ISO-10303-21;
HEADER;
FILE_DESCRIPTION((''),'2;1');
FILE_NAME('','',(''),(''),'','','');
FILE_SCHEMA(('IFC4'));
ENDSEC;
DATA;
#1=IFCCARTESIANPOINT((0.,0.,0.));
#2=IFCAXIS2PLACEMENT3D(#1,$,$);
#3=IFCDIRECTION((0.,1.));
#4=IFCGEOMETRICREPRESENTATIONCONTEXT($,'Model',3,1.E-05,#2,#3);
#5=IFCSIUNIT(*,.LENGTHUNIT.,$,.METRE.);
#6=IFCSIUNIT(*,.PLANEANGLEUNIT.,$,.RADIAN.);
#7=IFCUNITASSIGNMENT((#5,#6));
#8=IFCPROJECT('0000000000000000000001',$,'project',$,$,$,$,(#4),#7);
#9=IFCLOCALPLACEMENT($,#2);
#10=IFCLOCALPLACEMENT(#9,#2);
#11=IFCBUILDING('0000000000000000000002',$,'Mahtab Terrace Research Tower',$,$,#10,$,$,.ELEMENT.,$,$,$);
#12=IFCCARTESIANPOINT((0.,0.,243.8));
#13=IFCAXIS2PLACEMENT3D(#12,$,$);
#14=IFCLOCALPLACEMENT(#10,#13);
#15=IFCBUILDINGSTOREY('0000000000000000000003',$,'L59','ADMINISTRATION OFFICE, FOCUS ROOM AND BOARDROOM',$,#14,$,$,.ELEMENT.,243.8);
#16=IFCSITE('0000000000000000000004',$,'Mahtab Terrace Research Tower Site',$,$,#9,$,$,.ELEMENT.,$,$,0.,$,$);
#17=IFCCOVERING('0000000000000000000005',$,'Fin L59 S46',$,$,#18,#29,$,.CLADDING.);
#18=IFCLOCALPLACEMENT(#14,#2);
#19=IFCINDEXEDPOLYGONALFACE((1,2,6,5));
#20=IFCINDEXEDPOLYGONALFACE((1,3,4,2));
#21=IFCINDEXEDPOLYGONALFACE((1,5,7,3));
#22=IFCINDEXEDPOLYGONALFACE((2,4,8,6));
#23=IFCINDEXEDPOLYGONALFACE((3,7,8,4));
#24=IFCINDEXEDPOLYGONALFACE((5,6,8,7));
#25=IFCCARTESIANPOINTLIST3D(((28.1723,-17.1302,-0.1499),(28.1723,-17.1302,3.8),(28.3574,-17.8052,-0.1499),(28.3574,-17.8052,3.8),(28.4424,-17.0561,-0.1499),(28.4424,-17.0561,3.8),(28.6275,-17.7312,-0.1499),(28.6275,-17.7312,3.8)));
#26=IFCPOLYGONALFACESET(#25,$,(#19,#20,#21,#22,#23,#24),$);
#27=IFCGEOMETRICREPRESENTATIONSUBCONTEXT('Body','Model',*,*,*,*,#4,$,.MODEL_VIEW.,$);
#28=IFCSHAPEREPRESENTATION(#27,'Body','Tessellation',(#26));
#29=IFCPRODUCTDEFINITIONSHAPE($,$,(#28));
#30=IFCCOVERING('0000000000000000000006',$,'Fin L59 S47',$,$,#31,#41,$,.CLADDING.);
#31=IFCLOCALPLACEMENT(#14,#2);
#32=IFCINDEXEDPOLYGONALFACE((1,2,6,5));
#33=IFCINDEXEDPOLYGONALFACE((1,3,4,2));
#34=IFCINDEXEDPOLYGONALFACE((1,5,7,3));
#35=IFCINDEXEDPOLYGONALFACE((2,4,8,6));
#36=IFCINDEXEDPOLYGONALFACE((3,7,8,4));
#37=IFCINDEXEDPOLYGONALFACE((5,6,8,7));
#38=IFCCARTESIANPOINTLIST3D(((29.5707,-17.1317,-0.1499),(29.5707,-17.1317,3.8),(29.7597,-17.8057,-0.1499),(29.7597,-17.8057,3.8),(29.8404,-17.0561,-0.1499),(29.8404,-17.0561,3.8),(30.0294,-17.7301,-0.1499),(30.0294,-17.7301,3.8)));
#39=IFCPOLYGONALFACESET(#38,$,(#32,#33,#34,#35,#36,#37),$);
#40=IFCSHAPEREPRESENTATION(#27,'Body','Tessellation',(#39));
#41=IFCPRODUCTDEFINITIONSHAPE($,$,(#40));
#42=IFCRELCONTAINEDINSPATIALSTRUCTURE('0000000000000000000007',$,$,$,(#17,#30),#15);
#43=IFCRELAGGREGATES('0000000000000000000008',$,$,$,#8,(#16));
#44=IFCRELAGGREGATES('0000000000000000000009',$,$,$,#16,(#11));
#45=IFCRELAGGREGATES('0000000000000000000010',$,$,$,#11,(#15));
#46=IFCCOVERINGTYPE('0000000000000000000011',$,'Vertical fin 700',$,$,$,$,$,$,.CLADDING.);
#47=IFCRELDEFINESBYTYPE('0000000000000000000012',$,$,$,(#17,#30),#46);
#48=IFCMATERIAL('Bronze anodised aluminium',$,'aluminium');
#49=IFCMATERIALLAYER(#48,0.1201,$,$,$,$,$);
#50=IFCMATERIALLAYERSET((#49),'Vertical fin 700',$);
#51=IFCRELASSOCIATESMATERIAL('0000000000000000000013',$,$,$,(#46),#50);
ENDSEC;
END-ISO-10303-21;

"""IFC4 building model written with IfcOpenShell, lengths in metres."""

from ifc_helpers import new_model, si_unit, direction, frame, origin, origin_2d, place, context, subcontext, project, spatial, rectangle, extrude, material, layer, layer_set, type_object, element, save


model = new_model("IFC4")

# Units and contexts
model_context = context("Model", 3, precision=1e-05, world=origin(), true_north=direction((0.0, 1.0)))
body_context = subcontext(model_context, "Body", "Model", "MODEL_VIEW")
ifc_project = project(units=[si_unit("LENGTHUNIT", "METRE"), si_unit("PLANEANGLEUNIT", "RADIAN")], contexts=[model_context])

# Site, building, storey
site_placement = place(None, origin())
site = spatial("IfcSite", under=ifc_project, at=site_placement, Name="Mahtab Terrace Research Tower Site", CompositionType="ELEMENT", RefElevation=0.0)
building_placement = place(site_placement, origin())
building = spatial("IfcBuilding", under=site, at=building_placement, Name="Mahtab Terrace Research Tower", CompositionType="ELEMENT")
storey_placement = place(building_placement, frame((0.0, 0.0, 243.8)))
storey = spatial("IfcBuildingStorey", under=building, at=storey_placement, Name="L59", Description="ADMINISTRATION OFFICE, FOCUS ROOM AND BOARDROOM", CompositionType="ELEMENT", Elevation=243.8)

# Coverings
ifc_material_1 = material(Name="Bronze anodised aluminium", Category="aluminium")
ifc_layer_1 = layer(ifc_material_1, 0.1201)
ifc_layer_set_1 = layer_set([ifc_layer_1], Name="Vertical fin 700")
covering_type = type_object("IfcCoveringType", Name="Vertical fin 700", PredefinedType="CLADDING", material=ifc_layer_set_1)
for number, where, z_axis, x_axis, name in (
    (1, (28.3999, -17.4307, -0.1499), (0.0, 0.0, 1.0), (0.964404, 0.264434, 0.0), "Fin L59 S46"),
    (2, (29.8, -17.4309, -0.1499), (0.0, 0.0, 1.0), (0.962849, 0.27004, 0.0), "Fin L59 S47"),
):
    element("IfcCovering", number, at=place(storey_placement, frame(where, z_axis=z_axis, x_axis=x_axis)), inside=storey, type_object=covering_type, Name=name, PredefinedType="CLADDING", context=body_context, shape_type="SweptSolid", body=[
        extrude(rectangle(XDim=0.28, YDim=0.7, at=origin_2d()), origin(), (0.0, 0.0, 1.0), 3.95),
    ])

save(model, "model.ifc")
